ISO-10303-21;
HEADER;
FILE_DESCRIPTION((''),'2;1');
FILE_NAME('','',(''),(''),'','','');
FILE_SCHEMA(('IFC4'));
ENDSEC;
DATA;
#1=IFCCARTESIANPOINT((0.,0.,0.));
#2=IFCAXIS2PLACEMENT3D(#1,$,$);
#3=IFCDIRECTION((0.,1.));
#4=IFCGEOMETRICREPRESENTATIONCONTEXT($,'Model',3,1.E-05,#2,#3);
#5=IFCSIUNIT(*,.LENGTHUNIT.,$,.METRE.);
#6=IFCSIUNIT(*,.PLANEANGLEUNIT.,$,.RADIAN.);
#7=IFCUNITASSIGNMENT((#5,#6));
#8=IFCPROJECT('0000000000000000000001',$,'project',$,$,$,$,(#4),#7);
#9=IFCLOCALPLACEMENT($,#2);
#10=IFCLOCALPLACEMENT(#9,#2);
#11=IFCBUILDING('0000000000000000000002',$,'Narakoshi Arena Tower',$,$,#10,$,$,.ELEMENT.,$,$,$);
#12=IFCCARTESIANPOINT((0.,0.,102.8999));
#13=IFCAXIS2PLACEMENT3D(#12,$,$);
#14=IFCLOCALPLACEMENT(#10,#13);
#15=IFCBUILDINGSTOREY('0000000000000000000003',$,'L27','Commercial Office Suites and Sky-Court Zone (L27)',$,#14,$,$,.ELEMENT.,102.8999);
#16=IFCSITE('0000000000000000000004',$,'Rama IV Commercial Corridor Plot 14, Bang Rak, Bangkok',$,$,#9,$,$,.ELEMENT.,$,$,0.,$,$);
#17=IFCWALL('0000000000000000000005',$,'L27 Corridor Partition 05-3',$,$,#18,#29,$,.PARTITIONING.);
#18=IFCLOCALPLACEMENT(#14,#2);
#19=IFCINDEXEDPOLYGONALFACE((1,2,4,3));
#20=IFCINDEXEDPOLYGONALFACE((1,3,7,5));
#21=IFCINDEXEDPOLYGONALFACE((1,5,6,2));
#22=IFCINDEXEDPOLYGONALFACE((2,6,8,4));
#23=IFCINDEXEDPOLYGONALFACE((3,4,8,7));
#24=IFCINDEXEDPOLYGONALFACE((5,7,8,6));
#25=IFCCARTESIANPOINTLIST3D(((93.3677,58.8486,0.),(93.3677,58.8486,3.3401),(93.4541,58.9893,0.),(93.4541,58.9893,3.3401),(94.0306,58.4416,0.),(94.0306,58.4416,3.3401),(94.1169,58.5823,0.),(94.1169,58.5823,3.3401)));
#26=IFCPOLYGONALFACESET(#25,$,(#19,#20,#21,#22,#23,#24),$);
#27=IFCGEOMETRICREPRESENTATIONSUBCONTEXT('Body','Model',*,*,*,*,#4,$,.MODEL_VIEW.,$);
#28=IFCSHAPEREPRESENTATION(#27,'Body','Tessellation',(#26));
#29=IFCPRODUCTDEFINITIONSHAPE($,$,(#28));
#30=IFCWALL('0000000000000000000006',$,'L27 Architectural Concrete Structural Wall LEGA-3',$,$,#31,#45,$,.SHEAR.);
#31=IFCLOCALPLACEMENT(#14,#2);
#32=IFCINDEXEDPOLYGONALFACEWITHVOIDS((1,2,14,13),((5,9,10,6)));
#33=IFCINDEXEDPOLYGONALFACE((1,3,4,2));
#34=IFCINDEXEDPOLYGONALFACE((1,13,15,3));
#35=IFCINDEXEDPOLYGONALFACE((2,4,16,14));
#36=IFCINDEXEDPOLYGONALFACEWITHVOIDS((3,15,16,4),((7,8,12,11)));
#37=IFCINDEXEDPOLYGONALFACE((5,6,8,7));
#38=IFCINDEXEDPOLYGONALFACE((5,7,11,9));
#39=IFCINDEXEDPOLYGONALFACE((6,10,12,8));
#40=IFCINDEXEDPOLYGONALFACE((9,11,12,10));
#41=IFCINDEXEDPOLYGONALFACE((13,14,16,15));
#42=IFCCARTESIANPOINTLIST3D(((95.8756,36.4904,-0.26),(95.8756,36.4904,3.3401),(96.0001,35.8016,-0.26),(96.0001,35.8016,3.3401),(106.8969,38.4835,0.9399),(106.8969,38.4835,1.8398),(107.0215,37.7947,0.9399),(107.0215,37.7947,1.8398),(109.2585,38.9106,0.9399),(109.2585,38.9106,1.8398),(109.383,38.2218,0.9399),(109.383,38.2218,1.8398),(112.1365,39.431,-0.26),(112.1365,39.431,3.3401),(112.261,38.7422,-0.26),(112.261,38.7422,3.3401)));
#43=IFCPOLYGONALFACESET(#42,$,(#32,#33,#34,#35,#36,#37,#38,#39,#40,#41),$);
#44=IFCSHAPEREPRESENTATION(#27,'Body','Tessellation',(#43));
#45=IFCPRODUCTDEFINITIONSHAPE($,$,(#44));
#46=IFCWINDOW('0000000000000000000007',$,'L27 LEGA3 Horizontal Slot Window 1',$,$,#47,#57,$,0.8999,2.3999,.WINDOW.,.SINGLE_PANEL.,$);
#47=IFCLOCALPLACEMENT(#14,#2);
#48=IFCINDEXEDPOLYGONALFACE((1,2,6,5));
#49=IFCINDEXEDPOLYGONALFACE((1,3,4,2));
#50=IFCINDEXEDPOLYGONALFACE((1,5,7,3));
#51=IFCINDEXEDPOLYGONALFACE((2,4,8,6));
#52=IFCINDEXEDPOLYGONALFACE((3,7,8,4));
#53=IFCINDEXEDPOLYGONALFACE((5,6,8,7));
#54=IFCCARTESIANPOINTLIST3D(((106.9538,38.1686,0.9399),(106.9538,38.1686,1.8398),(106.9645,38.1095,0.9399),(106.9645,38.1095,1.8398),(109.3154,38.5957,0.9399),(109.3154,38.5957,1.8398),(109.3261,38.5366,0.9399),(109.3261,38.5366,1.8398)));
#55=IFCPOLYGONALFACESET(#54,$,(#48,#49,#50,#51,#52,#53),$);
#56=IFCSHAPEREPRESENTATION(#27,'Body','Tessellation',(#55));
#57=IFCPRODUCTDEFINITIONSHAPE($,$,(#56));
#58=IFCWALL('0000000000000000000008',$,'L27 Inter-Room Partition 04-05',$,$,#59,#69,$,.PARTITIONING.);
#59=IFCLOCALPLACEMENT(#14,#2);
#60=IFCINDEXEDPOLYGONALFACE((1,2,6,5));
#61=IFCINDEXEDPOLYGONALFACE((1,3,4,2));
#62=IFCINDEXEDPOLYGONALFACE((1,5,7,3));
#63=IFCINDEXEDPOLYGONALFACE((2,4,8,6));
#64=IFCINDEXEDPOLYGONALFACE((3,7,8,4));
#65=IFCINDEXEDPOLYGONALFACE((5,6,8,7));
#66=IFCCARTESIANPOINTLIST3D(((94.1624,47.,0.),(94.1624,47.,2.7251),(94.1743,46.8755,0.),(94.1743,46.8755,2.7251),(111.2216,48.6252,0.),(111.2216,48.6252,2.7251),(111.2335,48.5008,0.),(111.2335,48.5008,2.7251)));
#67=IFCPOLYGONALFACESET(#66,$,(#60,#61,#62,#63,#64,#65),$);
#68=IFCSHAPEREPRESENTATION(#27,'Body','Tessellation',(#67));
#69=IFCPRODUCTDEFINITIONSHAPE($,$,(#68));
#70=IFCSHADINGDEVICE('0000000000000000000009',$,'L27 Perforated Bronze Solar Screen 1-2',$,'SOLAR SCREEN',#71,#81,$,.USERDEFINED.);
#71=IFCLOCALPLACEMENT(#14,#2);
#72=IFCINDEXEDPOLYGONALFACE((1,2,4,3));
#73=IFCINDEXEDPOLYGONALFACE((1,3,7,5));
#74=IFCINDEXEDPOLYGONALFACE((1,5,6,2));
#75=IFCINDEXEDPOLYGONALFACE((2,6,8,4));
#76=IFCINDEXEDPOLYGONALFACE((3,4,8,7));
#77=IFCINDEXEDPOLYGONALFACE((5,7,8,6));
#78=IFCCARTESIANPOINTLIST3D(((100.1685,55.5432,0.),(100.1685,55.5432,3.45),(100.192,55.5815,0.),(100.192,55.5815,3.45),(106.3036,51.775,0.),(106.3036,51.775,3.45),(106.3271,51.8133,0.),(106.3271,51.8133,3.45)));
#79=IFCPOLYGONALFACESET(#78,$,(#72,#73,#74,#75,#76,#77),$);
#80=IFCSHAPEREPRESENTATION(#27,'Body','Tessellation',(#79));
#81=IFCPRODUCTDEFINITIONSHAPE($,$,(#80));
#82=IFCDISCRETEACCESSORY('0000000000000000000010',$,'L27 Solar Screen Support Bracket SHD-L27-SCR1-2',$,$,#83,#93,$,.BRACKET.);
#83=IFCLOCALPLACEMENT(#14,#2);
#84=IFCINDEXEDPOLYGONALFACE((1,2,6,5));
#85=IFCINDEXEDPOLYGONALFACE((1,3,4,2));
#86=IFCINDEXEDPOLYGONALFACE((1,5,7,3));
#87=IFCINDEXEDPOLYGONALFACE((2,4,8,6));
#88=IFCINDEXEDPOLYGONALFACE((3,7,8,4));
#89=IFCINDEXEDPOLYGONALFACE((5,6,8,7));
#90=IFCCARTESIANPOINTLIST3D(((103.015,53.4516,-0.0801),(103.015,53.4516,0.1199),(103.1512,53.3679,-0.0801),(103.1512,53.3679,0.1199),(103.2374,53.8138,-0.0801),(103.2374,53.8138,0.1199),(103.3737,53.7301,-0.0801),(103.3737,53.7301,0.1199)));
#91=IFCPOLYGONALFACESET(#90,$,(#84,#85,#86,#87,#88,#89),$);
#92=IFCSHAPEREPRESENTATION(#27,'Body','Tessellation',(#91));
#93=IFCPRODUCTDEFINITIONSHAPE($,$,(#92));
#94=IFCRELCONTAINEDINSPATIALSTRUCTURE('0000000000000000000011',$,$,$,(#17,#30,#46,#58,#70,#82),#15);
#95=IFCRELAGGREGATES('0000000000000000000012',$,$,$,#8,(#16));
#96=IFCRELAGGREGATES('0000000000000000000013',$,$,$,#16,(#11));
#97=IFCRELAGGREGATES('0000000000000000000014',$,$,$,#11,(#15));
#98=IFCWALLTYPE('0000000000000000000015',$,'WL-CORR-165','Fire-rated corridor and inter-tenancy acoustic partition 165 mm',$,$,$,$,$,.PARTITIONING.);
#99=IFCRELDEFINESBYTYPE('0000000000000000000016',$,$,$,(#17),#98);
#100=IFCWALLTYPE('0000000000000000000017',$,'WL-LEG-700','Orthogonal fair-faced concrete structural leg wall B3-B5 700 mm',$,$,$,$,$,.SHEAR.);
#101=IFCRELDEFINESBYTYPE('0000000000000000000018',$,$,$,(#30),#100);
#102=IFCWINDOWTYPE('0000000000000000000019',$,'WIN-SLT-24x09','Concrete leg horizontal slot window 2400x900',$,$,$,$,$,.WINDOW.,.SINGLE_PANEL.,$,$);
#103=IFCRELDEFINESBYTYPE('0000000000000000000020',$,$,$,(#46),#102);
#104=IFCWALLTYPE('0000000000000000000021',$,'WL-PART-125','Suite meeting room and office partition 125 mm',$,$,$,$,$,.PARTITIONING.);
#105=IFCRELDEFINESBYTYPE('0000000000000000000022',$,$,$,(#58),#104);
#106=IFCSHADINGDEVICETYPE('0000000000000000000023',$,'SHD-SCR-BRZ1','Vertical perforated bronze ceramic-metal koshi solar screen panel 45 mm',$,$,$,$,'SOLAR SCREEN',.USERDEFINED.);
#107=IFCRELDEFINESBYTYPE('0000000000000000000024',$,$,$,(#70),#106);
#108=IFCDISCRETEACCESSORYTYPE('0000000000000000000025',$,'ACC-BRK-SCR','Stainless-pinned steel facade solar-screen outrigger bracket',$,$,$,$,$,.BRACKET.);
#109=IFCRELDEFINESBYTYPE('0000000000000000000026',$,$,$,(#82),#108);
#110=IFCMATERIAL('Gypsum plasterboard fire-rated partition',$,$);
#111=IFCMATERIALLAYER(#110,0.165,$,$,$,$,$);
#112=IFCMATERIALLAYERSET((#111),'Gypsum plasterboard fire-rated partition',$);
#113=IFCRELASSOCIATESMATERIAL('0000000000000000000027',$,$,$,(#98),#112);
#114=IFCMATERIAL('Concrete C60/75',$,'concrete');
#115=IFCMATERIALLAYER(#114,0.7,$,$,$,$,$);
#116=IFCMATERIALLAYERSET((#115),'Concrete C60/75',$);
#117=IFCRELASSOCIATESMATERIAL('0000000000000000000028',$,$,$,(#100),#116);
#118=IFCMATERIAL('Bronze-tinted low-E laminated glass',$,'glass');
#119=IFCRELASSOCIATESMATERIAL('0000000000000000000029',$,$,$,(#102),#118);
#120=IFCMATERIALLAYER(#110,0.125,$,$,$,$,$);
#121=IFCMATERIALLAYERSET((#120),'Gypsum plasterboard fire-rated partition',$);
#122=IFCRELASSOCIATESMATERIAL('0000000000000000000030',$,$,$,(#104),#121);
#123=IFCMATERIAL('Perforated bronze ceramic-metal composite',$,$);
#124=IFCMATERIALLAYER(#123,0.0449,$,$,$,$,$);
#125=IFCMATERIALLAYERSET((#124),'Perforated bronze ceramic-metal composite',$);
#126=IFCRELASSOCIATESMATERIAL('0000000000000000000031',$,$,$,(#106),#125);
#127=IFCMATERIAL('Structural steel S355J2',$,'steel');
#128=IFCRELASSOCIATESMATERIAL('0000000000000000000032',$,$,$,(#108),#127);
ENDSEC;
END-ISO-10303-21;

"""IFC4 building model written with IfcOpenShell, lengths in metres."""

from ifc_helpers import new_model, si_unit, direction, frame, frame_2d, origin, origin_2d, place, context, subcontext, project, spatial, rectangle, extrude, material, layer, layer_set, type_object, element, fill, save


model = new_model("IFC4")

# Units and contexts
model_context = context("Model", 3, precision=1e-05, world=origin(), true_north=direction((0.0, 1.0)))
body_context = subcontext(model_context, "Body", "Model", "MODEL_VIEW")
ifc_project = project(units=[si_unit("LENGTHUNIT", "METRE"), si_unit("PLANEANGLEUNIT", "RADIAN")], contexts=[model_context])

# Site, building, storey
site_placement = place(None, origin())
site = spatial("IfcSite", under=ifc_project, at=site_placement, Name="Rama IV Commercial Corridor Plot 14, Bang Rak, Bangkok", CompositionType="ELEMENT", RefElevation=0.0)
building_placement = place(site_placement, origin())
building = spatial("IfcBuilding", under=site, at=building_placement, Name="Narakoshi Arena Tower", CompositionType="ELEMENT")
storey_placement = place(building_placement, frame((0.0, 0.0, 102.8999)))
storey = spatial("IfcBuildingStorey", under=building, at=storey_placement, Name="L27", Description="Commercial Office Suites and Sky-Court Zone (L27)", CompositionType="ELEMENT", Elevation=102.8999)

# Shared definitions
ifc_material_1 = material(Name="Concrete C60/75", Category="concrete")

# Shared definitions
ifc_material_2 = material(Name="Structural steel S355J2", Category="steel")

# Shared definitions
ifc_material_3 = material(Name="Bronze-tinted low-E laminated glass", Category="glass")

# Shared definitions
ifc_material_4 = material(Name="Gypsum plasterboard fire-rated partition")
ifc_layer_1 = layer(ifc_material_4, 0.165)
ifc_layer_set_1 = layer_set([ifc_layer_1], Name="Gypsum plasterboard fire-rated partition")
wall_type_1 = type_object("IfcWallType", Name="WL-CORR-165", Description="Fire-rated corridor and inter-tenancy acoustic partition 165 mm", PredefinedType="PARTITIONING", material=ifc_layer_set_1)

# Wall
wall_1_placement = place(storey_placement, frame((94.0737, 58.512, 0.0), z_axis=(0.0, 0.0, 1.0), x_axis=(-0.852186, 0.523239, 0.0)))
element("IfcWall", 1, at=wall_1_placement, inside=storey, type_object=wall_type_1, Name="L27 Corridor Partition 05-3", PredefinedType="PARTITIONING", context=body_context, shape_type="SweptSolid", body=[
    extrude(rectangle(XDim=0.7778, YDim=0.165, at=frame_2d((0.3889, 0.0))), origin(), (0.0, 0.0, 1.0), 3.3401),
])

# Wall, opening, window
ifc_layer_2 = layer(ifc_material_1, 0.7)
ifc_layer_set_2 = layer_set([ifc_layer_2], Name="Concrete C60/75")
wall_type_2 = type_object("IfcWallType", Name="WL-LEG-700", Description="Orthogonal fair-faced concrete structural leg wall B3-B5 700 mm", PredefinedType="SHEAR", material=ifc_layer_set_2)
wall_2_placement = place(storey_placement, frame((95.938, 36.146, -0.26), z_axis=(0.0, 0.0, 1.0), x_axis=(0.984038, 0.177956, 0.0)))
wall_2 = element("IfcWall", 2, at=wall_2_placement, inside=storey, type_object=wall_type_2, Name="L27 Architectural Concrete Structural Wall LEGA-3", PredefinedType="SHEAR", context=body_context, shape_type="SweptSolid", body=[
    extrude(rectangle(XDim=16.5247, YDim=0.7, at=frame_2d((8.2622, 0.0))), origin(), (0.0, 0.0, 1.0), 3.6001),
])
opening_1_placement = place(wall_2_placement, frame((11.2, 0.0, 1.2)))
opening_1 = element("IfcOpeningElement", 3, at=opening_1_placement, cuts=wall_2, PredefinedType="OPENING", context=body_context, shape_type="SweptSolid", body=[
    extrude(rectangle(XDim=2.3999, YDim=0.8999, at=frame_2d((1.2, 0.45))), frame((0.0, 0.3599, 0.0), z_axis=(0.0, -1.0, 0.0), x_axis=(1.0, 0.0, 0.0)), (0.0, 0.0, 1.0), 0.72),
])
window_type = type_object("IfcWindowType", Name="WIN-SLT-24x09", Description="Concrete leg horizontal slot window 2400x900", PartitioningType="SINGLE_PANEL", PredefinedType="WINDOW", material=ifc_material_3)
window_placement = place(opening_1_placement, origin())
window = element("IfcWindow", 4, at=window_placement, inside=storey, type_object=window_type, Name="L27 LEGA3 Horizontal Slot Window 1", OverallHeight=0.8999, OverallWidth=2.3999, PartitioningType="SINGLE_PANEL", PredefinedType="WINDOW", context=body_context, shape_type="SweptSolid", body=[
    extrude(rectangle(XDim=2.3999, YDim=0.8999, at=frame_2d((1.2, 0.45))), frame((0.0, 0.03, 0.0), z_axis=(0.0, -1.0, 0.0), x_axis=(1.0, 0.0, 0.0)), (0.0, 0.0, 1.0), 0.0601),
])
fill(opening_1, window)

# Wall
ifc_layer_3 = layer(ifc_material_4, 0.125)
ifc_layer_set_3 = layer_set([ifc_layer_3], Name="Gypsum plasterboard fire-rated partition")
wall_type_3 = type_object("IfcWallType", Name="WL-PART-125", Description="Suite meeting room and office partition 125 mm", PredefinedType="PARTITIONING", material=ifc_layer_set_3)
wall_3_placement = place(storey_placement, frame((94.1682, 46.9377, 0.0), z_axis=(0.0, 0.0, 1.0), x_axis=(0.995492, 0.094841, 0.0)))
element("IfcWall", 5, at=wall_3_placement, inside=storey, type_object=wall_type_3, Name="L27 Inter-Room Partition 04-05", PredefinedType="PARTITIONING", context=body_context, shape_type="SweptSolid", body=[
    extrude(rectangle(XDim=17.1365, YDim=0.125, at=frame_2d((8.5684, 0.0))), origin(), (0.0, 0.0, 1.0), 2.7251),
])

# Shading device
ifc_material_5 = material(Name="Perforated bronze ceramic-metal composite")
ifc_layer_4 = layer(ifc_material_5, 0.0449)
ifc_layer_set_4 = layer_set([ifc_layer_4], Name="Perforated bronze ceramic-metal composite")
shading_device_type = type_object("IfcShadingDeviceType", Name="SHD-SCR-BRZ1", Description="Vertical perforated bronze ceramic-metal koshi solar screen panel 45 mm", ElementType="SOLAR SCREEN", PredefinedType="USERDEFINED", material=ifc_layer_set_4)
shading_device_placement = place(storey_placement, frame((103.2478, 53.6782, 0.0), z_axis=(0.0, 0.0, 1.0), x_axis=(-0.852111, 0.523361, 0.0)))
element("IfcShadingDevice", 6, at=shading_device_placement, inside=storey, type_object=shading_device_type, Name="L27 Perforated Bronze Solar Screen 1-2", ObjectType="SOLAR SCREEN", PredefinedType="USERDEFINED", context=body_context, shape_type="SweptSolid", body=[
    extrude(rectangle(XDim=7.2, YDim=0.0449, at=origin_2d()), origin(), (0.0, 0.0, 1.0), 3.45),
])

# Discrete accessory
discrete_accessory_type = type_object("IfcDiscreteAccessoryType", Name="ACC-BRK-SCR", Description="Stainless-pinned steel facade solar-screen outrigger bracket", PredefinedType="BRACKET", material=ifc_material_2)
discrete_accessory_placement = place(storey_placement, frame((103.1943, 53.5908, -0.0801), z_axis=(0.0, 0.0, 1.0), x_axis=(-0.852111, 0.523361, 0.0)))
element("IfcDiscreteAccessory", 7, at=discrete_accessory_placement, inside=storey, type_object=discrete_accessory_type, Name="L27 Solar Screen Support Bracket SHD-L27-SCR1-2", PredefinedType="BRACKET", context=body_context, shape_type="SweptSolid", body=[
    extrude(rectangle(XDim=0.1599, YDim=0.425, at=origin_2d()), origin(), (0.0, 0.0, 1.0), 0.2),
])

save(model, "model.ifc")
